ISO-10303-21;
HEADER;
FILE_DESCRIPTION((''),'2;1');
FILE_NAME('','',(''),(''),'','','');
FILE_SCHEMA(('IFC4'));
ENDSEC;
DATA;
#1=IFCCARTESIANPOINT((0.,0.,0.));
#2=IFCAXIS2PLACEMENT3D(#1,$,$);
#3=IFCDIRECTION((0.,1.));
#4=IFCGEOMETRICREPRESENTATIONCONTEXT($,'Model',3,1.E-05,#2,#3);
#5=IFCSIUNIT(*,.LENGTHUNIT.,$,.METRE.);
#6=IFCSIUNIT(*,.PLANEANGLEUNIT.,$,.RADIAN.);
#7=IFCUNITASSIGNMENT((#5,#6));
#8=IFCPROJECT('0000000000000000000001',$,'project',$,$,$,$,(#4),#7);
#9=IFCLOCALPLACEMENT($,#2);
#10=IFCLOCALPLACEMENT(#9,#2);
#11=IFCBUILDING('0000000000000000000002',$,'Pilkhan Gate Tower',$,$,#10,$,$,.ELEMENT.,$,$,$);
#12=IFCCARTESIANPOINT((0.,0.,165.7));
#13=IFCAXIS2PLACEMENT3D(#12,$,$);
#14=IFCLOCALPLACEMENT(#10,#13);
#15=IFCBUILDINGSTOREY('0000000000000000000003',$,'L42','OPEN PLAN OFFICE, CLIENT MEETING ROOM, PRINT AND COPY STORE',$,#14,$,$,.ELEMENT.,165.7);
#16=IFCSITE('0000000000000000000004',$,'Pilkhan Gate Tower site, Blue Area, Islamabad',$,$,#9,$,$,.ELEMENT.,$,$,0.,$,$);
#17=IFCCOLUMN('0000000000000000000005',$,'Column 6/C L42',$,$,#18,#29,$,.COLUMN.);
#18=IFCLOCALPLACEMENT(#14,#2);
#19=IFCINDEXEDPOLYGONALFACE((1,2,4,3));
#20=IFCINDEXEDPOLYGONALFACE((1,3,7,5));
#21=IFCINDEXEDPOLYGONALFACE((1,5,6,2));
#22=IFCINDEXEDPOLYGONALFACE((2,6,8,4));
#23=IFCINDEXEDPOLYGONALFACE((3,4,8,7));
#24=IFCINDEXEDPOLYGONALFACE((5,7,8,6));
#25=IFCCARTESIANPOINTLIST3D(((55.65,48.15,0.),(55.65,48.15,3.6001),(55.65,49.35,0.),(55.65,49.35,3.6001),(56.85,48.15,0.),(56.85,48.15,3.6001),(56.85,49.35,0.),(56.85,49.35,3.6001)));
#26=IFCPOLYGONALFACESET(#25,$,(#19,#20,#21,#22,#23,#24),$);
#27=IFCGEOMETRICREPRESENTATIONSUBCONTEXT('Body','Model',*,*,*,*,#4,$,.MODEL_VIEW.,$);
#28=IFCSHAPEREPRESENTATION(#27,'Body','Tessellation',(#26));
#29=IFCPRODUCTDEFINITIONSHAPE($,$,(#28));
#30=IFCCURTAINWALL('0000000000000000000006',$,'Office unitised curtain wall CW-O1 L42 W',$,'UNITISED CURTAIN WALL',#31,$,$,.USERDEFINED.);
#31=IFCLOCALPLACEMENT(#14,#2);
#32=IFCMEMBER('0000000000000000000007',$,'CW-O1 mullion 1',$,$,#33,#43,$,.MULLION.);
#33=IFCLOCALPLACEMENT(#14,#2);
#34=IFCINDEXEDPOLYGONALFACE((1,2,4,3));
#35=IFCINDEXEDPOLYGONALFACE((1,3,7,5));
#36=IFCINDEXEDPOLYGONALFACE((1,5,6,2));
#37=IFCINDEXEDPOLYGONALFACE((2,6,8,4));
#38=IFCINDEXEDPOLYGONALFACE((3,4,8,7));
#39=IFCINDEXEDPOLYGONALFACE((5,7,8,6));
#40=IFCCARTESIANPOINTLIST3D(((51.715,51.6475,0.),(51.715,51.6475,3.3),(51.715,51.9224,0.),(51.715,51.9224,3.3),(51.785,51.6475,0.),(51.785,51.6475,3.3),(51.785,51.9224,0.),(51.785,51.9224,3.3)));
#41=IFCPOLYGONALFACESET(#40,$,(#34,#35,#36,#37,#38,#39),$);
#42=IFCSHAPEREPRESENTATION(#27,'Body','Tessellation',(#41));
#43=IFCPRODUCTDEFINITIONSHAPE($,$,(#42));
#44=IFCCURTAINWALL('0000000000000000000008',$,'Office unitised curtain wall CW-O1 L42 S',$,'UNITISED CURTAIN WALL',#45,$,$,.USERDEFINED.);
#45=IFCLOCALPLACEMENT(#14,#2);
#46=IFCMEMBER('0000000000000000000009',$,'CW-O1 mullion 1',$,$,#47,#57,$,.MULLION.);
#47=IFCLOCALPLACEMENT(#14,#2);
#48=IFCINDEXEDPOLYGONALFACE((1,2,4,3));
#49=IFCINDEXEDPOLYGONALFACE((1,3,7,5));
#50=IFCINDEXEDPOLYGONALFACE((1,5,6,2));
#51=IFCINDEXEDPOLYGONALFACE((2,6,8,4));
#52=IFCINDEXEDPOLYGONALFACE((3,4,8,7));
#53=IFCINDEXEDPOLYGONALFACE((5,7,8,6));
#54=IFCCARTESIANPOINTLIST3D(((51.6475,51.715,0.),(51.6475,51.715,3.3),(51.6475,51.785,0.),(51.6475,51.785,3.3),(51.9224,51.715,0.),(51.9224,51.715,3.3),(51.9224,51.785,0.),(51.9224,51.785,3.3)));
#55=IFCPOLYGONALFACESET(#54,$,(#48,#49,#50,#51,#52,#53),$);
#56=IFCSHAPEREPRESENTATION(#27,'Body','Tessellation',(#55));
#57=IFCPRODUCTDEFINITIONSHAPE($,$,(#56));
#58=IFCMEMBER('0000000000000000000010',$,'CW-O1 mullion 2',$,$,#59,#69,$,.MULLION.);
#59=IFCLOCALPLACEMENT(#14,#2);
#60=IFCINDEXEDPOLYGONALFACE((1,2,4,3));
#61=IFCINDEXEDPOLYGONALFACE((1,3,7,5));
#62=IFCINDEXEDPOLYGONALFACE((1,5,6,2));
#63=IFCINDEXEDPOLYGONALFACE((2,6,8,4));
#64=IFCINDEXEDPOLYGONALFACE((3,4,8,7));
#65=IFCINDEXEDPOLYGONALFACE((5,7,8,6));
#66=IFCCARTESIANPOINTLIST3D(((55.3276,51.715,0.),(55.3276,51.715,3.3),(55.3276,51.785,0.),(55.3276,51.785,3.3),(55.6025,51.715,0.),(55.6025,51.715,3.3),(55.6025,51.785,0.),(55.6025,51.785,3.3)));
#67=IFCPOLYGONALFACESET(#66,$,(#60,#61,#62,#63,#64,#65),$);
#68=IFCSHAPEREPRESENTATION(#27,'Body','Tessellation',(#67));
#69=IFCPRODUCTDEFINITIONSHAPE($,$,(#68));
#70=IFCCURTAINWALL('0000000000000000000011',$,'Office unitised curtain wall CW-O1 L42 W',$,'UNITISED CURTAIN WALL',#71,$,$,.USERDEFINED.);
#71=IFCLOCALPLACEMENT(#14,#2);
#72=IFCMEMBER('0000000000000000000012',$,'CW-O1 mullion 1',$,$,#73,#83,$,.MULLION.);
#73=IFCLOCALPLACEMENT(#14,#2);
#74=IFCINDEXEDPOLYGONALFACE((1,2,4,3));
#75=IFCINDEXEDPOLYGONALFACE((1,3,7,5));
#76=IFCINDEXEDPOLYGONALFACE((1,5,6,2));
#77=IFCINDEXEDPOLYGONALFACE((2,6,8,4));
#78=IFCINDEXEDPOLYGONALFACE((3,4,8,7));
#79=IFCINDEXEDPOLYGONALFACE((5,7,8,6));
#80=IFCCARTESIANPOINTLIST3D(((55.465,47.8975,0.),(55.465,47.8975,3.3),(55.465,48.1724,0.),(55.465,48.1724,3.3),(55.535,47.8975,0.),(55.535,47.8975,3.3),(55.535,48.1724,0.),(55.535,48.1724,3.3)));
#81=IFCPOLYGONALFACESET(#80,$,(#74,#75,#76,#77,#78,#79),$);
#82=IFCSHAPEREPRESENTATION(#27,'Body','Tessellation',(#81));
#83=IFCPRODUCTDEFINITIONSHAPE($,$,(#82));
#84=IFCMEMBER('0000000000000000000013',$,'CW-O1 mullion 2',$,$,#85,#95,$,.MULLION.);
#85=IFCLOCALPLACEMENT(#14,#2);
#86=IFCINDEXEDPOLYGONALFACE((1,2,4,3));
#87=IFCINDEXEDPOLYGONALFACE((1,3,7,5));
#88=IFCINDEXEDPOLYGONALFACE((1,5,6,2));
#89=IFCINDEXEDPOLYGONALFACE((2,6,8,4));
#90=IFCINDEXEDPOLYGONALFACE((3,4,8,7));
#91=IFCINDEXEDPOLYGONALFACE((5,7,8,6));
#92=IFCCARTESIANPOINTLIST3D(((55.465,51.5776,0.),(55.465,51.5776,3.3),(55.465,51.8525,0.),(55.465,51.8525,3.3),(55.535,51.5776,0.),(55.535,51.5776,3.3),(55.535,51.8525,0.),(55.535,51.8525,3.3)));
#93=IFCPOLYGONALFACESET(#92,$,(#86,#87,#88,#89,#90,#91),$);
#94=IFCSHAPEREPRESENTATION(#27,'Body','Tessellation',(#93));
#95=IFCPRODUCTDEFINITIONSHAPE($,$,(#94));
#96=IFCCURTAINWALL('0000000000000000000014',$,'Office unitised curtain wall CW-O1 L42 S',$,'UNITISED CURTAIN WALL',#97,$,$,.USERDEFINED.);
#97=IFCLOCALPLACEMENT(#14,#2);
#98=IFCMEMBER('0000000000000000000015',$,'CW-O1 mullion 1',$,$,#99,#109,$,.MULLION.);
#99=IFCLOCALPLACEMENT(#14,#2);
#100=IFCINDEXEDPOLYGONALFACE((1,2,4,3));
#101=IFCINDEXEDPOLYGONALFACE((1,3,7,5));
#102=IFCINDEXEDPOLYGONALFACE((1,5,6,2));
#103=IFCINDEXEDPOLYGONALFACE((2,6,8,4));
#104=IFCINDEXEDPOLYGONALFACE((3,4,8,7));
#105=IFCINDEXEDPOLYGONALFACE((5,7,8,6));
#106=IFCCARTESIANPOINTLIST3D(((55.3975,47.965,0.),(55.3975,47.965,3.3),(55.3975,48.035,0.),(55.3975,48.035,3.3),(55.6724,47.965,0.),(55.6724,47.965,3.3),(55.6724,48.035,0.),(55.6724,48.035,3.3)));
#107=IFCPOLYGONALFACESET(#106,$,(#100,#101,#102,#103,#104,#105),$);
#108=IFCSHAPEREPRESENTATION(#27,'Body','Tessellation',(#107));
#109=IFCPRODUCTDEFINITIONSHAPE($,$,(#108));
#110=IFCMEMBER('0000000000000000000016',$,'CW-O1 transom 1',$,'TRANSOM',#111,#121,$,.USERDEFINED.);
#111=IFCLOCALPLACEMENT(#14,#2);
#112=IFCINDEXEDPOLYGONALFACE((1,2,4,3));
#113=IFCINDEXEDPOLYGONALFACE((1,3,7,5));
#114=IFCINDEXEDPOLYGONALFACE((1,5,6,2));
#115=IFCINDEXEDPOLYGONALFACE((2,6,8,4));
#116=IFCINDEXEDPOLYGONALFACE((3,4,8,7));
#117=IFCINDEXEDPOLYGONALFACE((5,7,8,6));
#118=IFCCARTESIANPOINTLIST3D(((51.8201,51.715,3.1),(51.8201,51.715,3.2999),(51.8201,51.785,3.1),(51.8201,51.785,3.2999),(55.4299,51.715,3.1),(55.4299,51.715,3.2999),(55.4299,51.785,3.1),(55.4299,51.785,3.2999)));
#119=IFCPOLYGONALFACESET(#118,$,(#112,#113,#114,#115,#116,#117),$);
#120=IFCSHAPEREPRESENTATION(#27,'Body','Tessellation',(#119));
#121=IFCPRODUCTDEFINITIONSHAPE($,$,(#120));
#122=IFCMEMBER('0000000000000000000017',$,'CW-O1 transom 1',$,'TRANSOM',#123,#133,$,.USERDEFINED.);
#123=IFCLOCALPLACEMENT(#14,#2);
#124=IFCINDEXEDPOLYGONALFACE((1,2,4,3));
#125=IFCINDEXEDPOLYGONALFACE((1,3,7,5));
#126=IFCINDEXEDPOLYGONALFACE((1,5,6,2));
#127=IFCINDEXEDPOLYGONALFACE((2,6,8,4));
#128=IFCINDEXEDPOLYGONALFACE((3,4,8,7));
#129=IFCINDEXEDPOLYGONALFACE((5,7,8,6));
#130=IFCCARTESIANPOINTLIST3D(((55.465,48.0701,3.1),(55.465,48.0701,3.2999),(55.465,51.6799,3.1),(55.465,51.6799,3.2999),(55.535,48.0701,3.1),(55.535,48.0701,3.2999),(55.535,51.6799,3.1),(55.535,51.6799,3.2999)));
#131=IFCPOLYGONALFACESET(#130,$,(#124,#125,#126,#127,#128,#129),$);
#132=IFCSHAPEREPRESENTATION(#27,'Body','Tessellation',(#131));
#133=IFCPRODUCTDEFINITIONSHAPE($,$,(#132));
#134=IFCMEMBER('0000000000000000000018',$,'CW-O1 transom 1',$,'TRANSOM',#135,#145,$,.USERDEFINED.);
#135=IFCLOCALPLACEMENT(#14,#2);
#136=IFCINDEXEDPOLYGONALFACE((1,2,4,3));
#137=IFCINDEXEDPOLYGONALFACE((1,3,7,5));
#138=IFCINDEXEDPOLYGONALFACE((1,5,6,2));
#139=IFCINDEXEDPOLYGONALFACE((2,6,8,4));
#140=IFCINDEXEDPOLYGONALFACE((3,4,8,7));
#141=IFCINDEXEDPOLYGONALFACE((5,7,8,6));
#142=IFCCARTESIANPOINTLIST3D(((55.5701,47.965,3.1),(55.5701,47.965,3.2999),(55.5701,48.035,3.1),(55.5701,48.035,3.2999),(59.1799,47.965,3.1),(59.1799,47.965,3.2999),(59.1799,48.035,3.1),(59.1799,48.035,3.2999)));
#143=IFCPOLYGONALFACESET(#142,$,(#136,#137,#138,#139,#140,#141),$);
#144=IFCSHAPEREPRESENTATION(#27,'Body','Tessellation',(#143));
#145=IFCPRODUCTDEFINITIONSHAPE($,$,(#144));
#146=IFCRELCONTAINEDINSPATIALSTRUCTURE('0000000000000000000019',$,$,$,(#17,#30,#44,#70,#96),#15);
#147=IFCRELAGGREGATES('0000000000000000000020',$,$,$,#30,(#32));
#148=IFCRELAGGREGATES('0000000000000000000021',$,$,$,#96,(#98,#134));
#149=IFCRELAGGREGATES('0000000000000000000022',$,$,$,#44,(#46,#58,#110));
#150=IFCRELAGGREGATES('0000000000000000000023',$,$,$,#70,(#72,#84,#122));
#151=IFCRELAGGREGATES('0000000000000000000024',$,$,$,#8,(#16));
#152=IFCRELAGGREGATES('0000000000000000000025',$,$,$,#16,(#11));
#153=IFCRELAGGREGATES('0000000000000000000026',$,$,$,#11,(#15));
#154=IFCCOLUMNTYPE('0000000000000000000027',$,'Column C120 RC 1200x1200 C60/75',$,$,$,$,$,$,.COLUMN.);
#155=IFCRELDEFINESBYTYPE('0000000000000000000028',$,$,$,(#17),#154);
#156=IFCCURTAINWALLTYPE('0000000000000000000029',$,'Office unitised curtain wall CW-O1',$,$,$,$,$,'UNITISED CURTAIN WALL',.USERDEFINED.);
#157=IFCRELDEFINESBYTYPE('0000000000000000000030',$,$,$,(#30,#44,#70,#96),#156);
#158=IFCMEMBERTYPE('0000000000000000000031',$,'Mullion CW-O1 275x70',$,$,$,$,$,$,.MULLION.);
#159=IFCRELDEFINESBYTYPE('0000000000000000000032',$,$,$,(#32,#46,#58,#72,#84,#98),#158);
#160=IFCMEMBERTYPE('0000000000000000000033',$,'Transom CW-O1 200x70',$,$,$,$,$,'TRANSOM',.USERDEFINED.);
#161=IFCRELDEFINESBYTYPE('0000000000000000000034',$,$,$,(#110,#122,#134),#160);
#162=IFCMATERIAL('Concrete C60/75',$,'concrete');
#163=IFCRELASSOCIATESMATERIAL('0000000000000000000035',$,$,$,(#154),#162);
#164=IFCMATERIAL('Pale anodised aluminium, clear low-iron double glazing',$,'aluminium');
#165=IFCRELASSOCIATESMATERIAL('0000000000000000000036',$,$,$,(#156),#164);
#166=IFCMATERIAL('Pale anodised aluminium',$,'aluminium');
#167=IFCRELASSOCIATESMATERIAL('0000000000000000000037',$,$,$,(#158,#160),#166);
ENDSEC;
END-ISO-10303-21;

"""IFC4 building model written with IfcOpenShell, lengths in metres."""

from ifc_helpers import new_model, si_unit, direction, frame, origin, origin_2d, place, context, subcontext, project, spatial, rectangle, extrude, material, material_profile, profile_set, type_object, element, aggregate, save


model = new_model("IFC4")

# Units and contexts
model_context = context("Model", 3, precision=1e-05, world=origin(), true_north=direction((0.0, 1.0)))
body_context = subcontext(model_context, "Body", "Model", "MODEL_VIEW")
ifc_project = project(units=[si_unit("LENGTHUNIT", "METRE"), si_unit("PLANEANGLEUNIT", "RADIAN")], contexts=[model_context])

# Site, building, storey
site_placement = place(None, origin())
site = spatial("IfcSite", under=ifc_project, at=site_placement, Name="Pilkhan Gate Tower site, Blue Area, Islamabad", CompositionType="ELEMENT", RefElevation=0.0)
building_placement = place(site_placement, origin())
building = spatial("IfcBuilding", under=site, at=building_placement, Name="Pilkhan Gate Tower", CompositionType="ELEMENT")
storey_placement = place(building_placement, frame((0.0, 0.0, 165.7)))
storey = spatial("IfcBuildingStorey", under=building, at=storey_placement, Name="L42", Description="OPEN PLAN OFFICE, CLIENT MEETING ROOM, PRINT AND COPY STORE", CompositionType="ELEMENT", Elevation=165.7)

# Column
ifc_material_1 = material(Name="Concrete C60/75", Category="concrete")
ifc_material_profile_1 = material_profile(ifc_material_1, rectangle(XDim=1.2, YDim=1.2, at=origin_2d()), Name="RC 1200x1200")
ifc_profile_set_1 = profile_set([ifc_material_profile_1], Name="Concrete C60/75")
column_type = type_object("IfcColumnType", Name="Column C120 RC 1200x1200 C60/75", PredefinedType="COLUMN", material=ifc_profile_set_1)
column_placement = place(storey_placement, frame((56.25, 48.75, 0.0), z_axis=(0.0, 0.0, 1.0), x_axis=(1.0, 0.0, 0.0)))
element("IfcColumn", 1, at=column_placement, inside=storey, type_object=column_type, Name="Column 6/C L42", PredefinedType="COLUMN", context=body_context, shape_type="SweptSolid", body=[
    extrude(rectangle(XDim=1.2, YDim=1.2, at=origin_2d()), origin(), (0.0, 0.0, 1.0), 3.6001),
])

# Curtain wall, member
ifc_material_2 = material(Name="Pale anodised aluminium, clear low-iron double glazing", Category="aluminium")
curtain_wall_type = type_object("IfcCurtainWallType", Name="Office unitised curtain wall CW-O1", ElementType="UNITISED CURTAIN WALL", PredefinedType="USERDEFINED", material=ifc_material_2)
curtain_wall_1_placement = place(storey_placement, origin())
curtain_wall_1 = element("IfcCurtainWall", 2, at=curtain_wall_1_placement, inside=storey, type_object=curtain_wall_type, Name="Office unitised curtain wall CW-O1 L42 W", ObjectType="UNITISED CURTAIN WALL", PredefinedType="USERDEFINED")
ifc_material_3 = material(Name="Pale anodised aluminium", Category="aluminium")
ifc_material_profile_2 = material_profile(ifc_material_3, rectangle(XDim=0.0701, YDim=0.2749, at=origin_2d()), Name="Mullion 275x70")
ifc_profile_set_2 = profile_set([ifc_material_profile_2], Name="Pale anodised aluminium")
member_type_1 = type_object("IfcMemberType", Name="Mullion CW-O1 275x70", PredefinedType="MULLION", material=ifc_profile_set_2)
member_1_placement = place(storey_placement, frame((51.75, 51.7849, 0.0), z_axis=(0.0, 0.0, 1.0), x_axis=(-1.0, 0.0, 0.0)))
member_1 = element("IfcMember", 3, at=member_1_placement, type_object=member_type_1, Name="CW-O1 mullion 1", PredefinedType="MULLION", context=body_context, shape_type="SweptSolid", body=[
    extrude(rectangle(XDim=0.0701, YDim=0.2749, at=origin_2d()), origin(), (0.0, 0.0, 1.0), 3.3),
])
aggregate(curtain_wall_1, [member_1])

# Curtain walls, members
curtain_wall_2_placement = place(storey_placement, origin())
curtain_wall_2 = element("IfcCurtainWall", 4, at=curtain_wall_2_placement, inside=storey, type_object=curtain_wall_type, Name="Office unitised curtain wall CW-O1 L42 S", ObjectType="UNITISED CURTAIN WALL", PredefinedType="USERDEFINED")
member_2_placement = place(storey_placement, frame((51.7849, 51.75, 0.0), z_axis=(0.0, 0.0, 1.0), x_axis=(0.0, 1.0, 0.0)))
member_2 = element("IfcMember", 5, at=member_2_placement, type_object=member_type_1, Name="CW-O1 mullion 1", PredefinedType="MULLION", context=body_context, shape_type="SweptSolid", body=[
    extrude(rectangle(XDim=0.0701, YDim=0.2749, at=origin_2d()), origin(), (0.0, 0.0, 1.0), 3.3),
])
member_3_placement = place(storey_placement, frame((55.4651, 51.75, 0.0), z_axis=(0.0, 0.0, 1.0), x_axis=(0.0, 1.0, 0.0)))
member_3 = element("IfcMember", 6, at=member_3_placement, type_object=member_type_1, Name="CW-O1 mullion 2", PredefinedType="MULLION", context=body_context, shape_type="SweptSolid", body=[
    extrude(rectangle(XDim=0.0701, YDim=0.2749, at=origin_2d()), origin(), (0.0, 0.0, 1.0), 3.3),
])
curtain_wall_3_placement = place(storey_placement, origin())
curtain_wall_3 = element("IfcCurtainWall", 7, at=curtain_wall_3_placement, inside=storey, type_object=curtain_wall_type, Name="Office unitised curtain wall CW-O1 L42 W", ObjectType="UNITISED CURTAIN WALL", PredefinedType="USERDEFINED")
member_4_placement = place(storey_placement, frame((55.5, 48.0349, 0.0), z_axis=(0.0, 0.0, 1.0), x_axis=(-1.0, 0.0, 0.0)))
member_4 = element("IfcMember", 8, at=member_4_placement, type_object=member_type_1, Name="CW-O1 mullion 1", PredefinedType="MULLION", context=body_context, shape_type="SweptSolid", body=[
    extrude(rectangle(XDim=0.0701, YDim=0.2749, at=origin_2d()), origin(), (0.0, 0.0, 1.0), 3.3),
])
member_5_placement = place(storey_placement, frame((55.5, 51.7151, 0.0), z_axis=(0.0, 0.0, 1.0), x_axis=(-1.0, 0.0, 0.0)))
member_5 = element("IfcMember", 9, at=member_5_placement, type_object=member_type_1, Name="CW-O1 mullion 2", PredefinedType="MULLION", context=body_context, shape_type="SweptSolid", body=[
    extrude(rectangle(XDim=0.0701, YDim=0.2749, at=origin_2d()), origin(), (0.0, 0.0, 1.0), 3.3),
])

# Curtain wall, member
curtain_wall_4_placement = place(storey_placement, origin())
curtain_wall_4 = element("IfcCurtainWall", 10, at=curtain_wall_4_placement, inside=storey, type_object=curtain_wall_type, Name="Office unitised curtain wall CW-O1 L42 S", ObjectType="UNITISED CURTAIN WALL", PredefinedType="USERDEFINED")
member_6_placement = place(storey_placement, frame((55.5349, 48.0, 0.0), z_axis=(0.0, 0.0, 1.0), x_axis=(0.0, 1.0, 0.0)))
member_6 = element("IfcMember", 11, at=member_6_placement, type_object=member_type_1, Name="CW-O1 mullion 1", PredefinedType="MULLION", context=body_context, shape_type="SweptSolid", body=[
    extrude(rectangle(XDim=0.0701, YDim=0.2749, at=origin_2d()), origin(), (0.0, 0.0, 1.0), 3.3),
])

# Members
ifc_material_profile_3 = material_profile(ifc_material_3, rectangle(XDim=0.0701, YDim=0.2, at=origin_2d()), Name="Transom 200x70")
ifc_profile_set_3 = profile_set([ifc_material_profile_3], Name="Pale anodised aluminium")
member_type_2 = type_object("IfcMemberType", Name="Transom CW-O1 200x70", ElementType="TRANSOM", PredefinedType="USERDEFINED", material=ifc_profile_set_3)
member_7_placement = place(storey_placement, frame((51.8201, 51.75, 3.2), z_axis=(1.0, 0.0, 0.0), x_axis=(0.0, 1.0, 0.0)))
member_7 = element("IfcMember", 12, at=member_7_placement, type_object=member_type_2, Name="CW-O1 transom 1", ObjectType="TRANSOM", PredefinedType="USERDEFINED", context=body_context, shape_type="SweptSolid", body=[
    extrude(rectangle(XDim=0.0701, YDim=0.2, at=origin_2d()), origin(), (0.0, 0.0, 1.0), 3.6099),
])
member_8_placement = place(storey_placement, frame((55.5, 48.0701, 3.2), z_axis=(0.0, 1.0, 0.0), x_axis=(-1.0, 0.0, 0.0)))
member_8 = element("IfcMember", 13, at=member_8_placement, type_object=member_type_2, Name="CW-O1 transom 1", ObjectType="TRANSOM", PredefinedType="USERDEFINED", context=body_context, shape_type="SweptSolid", body=[
    extrude(rectangle(XDim=0.0701, YDim=0.2, at=origin_2d()), origin(), (0.0, 0.0, 1.0), 3.6099),
])
member_9_placement = place(storey_placement, frame((55.5701, 48.0, 3.2), z_axis=(1.0, 0.0, 0.0), x_axis=(0.0, 1.0, 0.0)))
member_9 = element("IfcMember", 14, at=member_9_placement, type_object=member_type_2, Name="CW-O1 transom 1", ObjectType="TRANSOM", PredefinedType="USERDEFINED", context=body_context, shape_type="SweptSolid", body=[
    extrude(rectangle(XDim=0.0701, YDim=0.2, at=origin_2d()), origin(), (0.0, 0.0, 1.0), 3.6099),
])
aggregate(curtain_wall_4, [member_6, member_9])

aggregate(curtain_wall_2, [member_2, member_3, member_7])
aggregate(curtain_wall_3, [member_4, member_5, member_8])

save(model, "model.ifc")
